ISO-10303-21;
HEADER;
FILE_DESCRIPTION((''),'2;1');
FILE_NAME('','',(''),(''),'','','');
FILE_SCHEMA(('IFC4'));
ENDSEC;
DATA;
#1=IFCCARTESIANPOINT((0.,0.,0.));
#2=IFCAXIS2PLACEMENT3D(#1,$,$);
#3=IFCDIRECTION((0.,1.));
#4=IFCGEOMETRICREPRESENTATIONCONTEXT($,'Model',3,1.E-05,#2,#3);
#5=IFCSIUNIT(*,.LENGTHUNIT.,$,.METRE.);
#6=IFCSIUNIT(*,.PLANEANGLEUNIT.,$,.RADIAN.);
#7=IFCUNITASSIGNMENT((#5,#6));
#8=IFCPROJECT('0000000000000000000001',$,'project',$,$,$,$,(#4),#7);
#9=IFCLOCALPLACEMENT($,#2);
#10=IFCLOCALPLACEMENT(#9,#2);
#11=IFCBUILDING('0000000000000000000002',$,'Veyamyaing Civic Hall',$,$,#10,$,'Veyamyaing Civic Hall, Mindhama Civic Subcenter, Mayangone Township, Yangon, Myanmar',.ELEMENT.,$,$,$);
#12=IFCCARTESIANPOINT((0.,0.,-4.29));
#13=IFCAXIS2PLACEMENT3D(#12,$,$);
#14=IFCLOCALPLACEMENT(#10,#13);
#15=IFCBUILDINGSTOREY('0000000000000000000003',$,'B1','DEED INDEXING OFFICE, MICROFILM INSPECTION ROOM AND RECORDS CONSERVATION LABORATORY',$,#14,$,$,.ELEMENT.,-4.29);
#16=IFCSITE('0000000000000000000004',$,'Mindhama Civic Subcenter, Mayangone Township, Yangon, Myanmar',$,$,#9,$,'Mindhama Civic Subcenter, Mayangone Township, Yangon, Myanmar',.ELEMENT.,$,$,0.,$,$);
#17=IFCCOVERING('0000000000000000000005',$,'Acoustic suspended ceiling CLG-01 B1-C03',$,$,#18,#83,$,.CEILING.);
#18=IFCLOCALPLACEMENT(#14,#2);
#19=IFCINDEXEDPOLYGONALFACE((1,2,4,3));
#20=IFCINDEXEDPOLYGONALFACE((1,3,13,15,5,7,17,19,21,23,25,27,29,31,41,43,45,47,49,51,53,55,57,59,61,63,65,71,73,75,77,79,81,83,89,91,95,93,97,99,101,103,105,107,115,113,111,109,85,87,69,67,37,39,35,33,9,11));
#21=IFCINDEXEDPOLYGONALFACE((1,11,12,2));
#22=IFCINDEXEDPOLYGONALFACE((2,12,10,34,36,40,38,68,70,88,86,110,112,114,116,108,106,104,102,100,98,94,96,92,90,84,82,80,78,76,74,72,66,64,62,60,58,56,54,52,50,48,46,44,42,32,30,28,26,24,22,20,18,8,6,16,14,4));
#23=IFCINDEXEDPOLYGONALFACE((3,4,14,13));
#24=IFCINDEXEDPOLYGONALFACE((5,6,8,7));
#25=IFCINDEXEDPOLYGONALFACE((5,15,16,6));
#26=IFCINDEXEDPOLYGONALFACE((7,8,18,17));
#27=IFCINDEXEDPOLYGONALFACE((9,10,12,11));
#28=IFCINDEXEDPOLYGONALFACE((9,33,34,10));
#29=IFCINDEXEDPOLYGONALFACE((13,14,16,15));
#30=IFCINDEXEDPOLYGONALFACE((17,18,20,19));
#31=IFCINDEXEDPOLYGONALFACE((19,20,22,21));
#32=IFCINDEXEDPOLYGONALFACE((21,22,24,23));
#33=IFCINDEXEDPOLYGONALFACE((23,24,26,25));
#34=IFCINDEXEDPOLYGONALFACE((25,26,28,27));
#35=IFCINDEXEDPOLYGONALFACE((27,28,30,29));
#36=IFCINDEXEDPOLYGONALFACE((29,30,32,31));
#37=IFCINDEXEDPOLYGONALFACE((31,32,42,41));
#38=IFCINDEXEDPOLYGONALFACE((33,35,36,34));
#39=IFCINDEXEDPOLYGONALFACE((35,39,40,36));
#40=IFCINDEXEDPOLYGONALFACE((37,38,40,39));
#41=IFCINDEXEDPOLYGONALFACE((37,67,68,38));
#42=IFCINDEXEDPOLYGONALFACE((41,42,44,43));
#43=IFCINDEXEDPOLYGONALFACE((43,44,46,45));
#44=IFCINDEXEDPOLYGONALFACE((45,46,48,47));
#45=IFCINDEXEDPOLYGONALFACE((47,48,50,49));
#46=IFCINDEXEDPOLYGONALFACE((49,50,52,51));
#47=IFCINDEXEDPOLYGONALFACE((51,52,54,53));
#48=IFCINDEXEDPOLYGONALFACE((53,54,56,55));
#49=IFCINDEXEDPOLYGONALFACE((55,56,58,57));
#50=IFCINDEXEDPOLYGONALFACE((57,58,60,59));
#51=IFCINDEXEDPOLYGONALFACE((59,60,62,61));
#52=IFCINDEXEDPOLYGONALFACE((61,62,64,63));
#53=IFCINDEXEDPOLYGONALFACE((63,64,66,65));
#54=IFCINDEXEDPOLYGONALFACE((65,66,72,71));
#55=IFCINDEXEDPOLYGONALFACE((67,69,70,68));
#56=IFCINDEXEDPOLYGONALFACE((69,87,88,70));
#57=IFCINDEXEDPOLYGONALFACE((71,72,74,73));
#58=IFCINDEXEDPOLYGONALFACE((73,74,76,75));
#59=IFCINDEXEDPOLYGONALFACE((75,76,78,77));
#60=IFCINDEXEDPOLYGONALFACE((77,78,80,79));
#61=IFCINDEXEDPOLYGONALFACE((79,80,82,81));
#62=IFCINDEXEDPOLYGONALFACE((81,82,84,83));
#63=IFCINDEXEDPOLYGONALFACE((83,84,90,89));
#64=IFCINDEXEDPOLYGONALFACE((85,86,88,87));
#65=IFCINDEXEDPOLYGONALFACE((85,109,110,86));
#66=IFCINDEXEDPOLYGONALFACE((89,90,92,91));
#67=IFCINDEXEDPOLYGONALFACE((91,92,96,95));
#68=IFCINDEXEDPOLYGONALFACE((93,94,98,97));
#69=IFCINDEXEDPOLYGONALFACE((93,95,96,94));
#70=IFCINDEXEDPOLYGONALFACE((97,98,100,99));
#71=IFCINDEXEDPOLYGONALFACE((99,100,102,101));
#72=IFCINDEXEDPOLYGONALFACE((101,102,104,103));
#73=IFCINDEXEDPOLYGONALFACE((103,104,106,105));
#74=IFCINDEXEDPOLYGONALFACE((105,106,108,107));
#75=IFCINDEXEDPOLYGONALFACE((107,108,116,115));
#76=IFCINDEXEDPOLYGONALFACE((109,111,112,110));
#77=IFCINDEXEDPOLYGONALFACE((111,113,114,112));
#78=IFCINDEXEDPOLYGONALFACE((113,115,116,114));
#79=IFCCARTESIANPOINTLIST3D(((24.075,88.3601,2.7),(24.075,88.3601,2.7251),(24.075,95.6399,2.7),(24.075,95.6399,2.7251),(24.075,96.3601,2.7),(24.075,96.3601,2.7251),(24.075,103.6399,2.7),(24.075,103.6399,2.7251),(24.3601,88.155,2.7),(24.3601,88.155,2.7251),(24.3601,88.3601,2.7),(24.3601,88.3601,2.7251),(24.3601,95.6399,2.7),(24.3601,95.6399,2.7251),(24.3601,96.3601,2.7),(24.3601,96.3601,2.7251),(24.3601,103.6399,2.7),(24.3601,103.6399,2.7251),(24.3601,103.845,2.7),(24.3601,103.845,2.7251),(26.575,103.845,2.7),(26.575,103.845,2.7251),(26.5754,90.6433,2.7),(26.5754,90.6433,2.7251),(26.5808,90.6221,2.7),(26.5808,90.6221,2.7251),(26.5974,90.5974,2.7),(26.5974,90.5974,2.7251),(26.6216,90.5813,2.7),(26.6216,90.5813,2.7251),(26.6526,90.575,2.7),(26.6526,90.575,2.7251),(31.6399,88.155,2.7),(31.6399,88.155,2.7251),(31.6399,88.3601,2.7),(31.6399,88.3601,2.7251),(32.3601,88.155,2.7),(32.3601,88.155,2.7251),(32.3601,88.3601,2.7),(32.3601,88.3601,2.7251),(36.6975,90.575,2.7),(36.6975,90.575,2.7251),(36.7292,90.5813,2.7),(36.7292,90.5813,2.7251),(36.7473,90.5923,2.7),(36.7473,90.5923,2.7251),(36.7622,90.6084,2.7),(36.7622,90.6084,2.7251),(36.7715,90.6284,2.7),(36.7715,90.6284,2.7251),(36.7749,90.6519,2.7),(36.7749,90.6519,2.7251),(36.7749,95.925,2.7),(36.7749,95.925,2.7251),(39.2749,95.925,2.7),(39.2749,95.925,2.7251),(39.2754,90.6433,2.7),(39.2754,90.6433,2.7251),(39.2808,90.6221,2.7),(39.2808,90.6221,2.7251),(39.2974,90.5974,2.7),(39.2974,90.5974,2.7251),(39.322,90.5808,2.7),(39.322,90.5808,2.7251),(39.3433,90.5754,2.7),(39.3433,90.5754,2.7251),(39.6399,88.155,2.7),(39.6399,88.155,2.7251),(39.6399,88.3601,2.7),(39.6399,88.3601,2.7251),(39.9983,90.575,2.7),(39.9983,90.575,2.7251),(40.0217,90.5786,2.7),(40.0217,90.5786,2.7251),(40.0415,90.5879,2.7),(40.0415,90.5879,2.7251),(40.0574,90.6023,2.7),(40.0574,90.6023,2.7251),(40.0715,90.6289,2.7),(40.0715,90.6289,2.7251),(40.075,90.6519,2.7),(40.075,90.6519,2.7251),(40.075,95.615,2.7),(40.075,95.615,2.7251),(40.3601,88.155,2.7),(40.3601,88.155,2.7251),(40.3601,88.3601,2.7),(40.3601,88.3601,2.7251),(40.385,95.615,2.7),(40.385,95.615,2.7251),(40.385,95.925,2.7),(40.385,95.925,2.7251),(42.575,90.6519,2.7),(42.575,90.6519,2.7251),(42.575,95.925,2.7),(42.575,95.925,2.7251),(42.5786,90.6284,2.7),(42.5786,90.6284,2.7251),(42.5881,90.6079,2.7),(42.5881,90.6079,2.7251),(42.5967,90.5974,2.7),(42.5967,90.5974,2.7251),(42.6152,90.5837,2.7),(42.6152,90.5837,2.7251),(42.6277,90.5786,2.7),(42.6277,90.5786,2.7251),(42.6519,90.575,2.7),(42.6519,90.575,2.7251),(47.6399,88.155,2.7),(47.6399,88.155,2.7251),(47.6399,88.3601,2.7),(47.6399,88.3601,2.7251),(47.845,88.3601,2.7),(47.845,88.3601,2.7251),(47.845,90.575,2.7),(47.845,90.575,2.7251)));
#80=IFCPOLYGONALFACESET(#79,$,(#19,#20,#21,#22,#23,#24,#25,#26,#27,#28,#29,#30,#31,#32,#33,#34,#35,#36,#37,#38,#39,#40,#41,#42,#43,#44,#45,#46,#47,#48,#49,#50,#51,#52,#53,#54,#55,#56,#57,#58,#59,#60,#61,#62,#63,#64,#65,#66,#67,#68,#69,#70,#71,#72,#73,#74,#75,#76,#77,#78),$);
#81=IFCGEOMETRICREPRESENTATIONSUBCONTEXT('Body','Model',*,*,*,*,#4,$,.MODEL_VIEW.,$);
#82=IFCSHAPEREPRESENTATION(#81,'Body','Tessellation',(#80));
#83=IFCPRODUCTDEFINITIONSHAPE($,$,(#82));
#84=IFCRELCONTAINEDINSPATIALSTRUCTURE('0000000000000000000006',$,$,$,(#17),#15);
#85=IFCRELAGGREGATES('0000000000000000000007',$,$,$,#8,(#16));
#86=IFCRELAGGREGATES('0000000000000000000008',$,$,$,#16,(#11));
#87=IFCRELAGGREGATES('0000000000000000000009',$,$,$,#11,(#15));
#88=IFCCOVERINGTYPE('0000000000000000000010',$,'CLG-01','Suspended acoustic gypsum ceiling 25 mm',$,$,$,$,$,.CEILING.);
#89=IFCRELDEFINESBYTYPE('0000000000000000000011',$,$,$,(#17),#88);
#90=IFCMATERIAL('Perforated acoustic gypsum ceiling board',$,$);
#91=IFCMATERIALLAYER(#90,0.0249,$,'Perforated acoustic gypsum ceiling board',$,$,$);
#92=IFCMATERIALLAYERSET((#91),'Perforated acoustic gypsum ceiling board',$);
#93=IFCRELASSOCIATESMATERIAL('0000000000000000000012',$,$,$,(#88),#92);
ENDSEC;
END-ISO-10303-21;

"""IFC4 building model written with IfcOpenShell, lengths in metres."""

from ifc_helpers import new_model, si_unit, direction, frame, origin, place, context, subcontext, project, spatial, polyline, outline, extrude, material, layer, layer_set, type_object, element, save


model = new_model("IFC4")

# Units and contexts
model_context = context("Model", 3, precision=1e-05, world=origin(), true_north=direction((0.0, 1.0)))
body_context = subcontext(model_context, "Body", "Model", "MODEL_VIEW")
ifc_project = project(units=[si_unit("LENGTHUNIT", "METRE"), si_unit("PLANEANGLEUNIT", "RADIAN")], contexts=[model_context])

# Site, building, storey
site_placement = place(None, origin())
site = spatial("IfcSite", under=ifc_project, at=site_placement, Name="Mindhama Civic Subcenter, Mayangone Township, Yangon, Myanmar", LongName="Mindhama Civic Subcenter, Mayangone Township, Yangon, Myanmar", CompositionType="ELEMENT", RefElevation=0.0)
building_placement = place(site_placement, origin())
building = spatial("IfcBuilding", under=site, at=building_placement, Name="Veyamyaing Civic Hall", LongName="Veyamyaing Civic Hall, Mindhama Civic Subcenter, Mayangone Township, Yangon, Myanmar", CompositionType="ELEMENT")
storey_placement = place(building_placement, frame((0.0, 0.0, -4.29)))
storey = spatial("IfcBuildingStorey", under=building, at=storey_placement, Name="B1", Description="DEED INDEXING OFFICE, MICROFILM INSPECTION ROOM AND RECORDS CONSERVATION LABORATORY", CompositionType="ELEMENT", Elevation=-4.29)

# Covering
ifc_material_1 = material(Name="Perforated acoustic gypsum ceiling board")
ifc_layer_1 = layer(ifc_material_1, 0.0249, Name="Perforated acoustic gypsum ceiling board")
ifc_layer_set_1 = layer_set([ifc_layer_1], Name="Perforated acoustic gypsum ceiling board")
covering_type_1 = type_object("IfcCoveringType", Name="CLG-01", Description="Suspended acoustic gypsum ceiling 25 mm", PredefinedType="CEILING", material=ifc_layer_set_1)
covering_1_placement = place(storey_placement, frame((0.0, 0.0, 2.7)))
element("IfcCovering", 1, at=covering_1_placement, inside=storey, type_object=covering_type_1, Name="Acoustic suspended ceiling CLG-01 B1-C03", PredefinedType="CEILING", context=body_context, shape_type="SweptSolid", body=[
    extrude(outline(polyline([(26.5754, 90.6433), (26.5808, 90.6221), (26.5974, 90.5974), (26.6216, 90.5813), (26.6526, 90.575), (36.6975, 90.575), (36.7292, 90.5813), (36.7473, 90.5923), (36.7622, 90.6084), (36.7715, 90.6284), (36.7749, 90.6519), (36.7749, 95.925), (39.2749, 95.925), (39.2754, 90.6433), (39.2808, 90.6221), (39.2974, 90.5974), (39.322, 90.5808), (39.3433, 90.5754), (39.9983, 90.575), (40.0217, 90.5786), (40.0415, 90.5879), (40.0574, 90.6023), (40.0715, 90.6289), (40.075, 90.6519), (40.075, 95.615), (40.385, 95.615), (40.385, 95.925), (42.575, 95.925), (42.575, 90.6519), (42.5786, 90.6284), (42.5881, 90.6079), (42.5967, 90.5974), (42.6152, 90.5837), (42.6277, 90.5786), (42.6519, 90.575), (47.845, 90.575), (47.845, 88.3601), (47.6399, 88.3601), (47.6399, 88.155), (40.3601, 88.155), (40.3601, 88.3601), (39.6399, 88.3601), (39.6399, 88.155), (32.3601, 88.155), (32.3601, 88.3601), (31.6399, 88.3601), (31.6399, 88.155), (24.3601, 88.155), (24.3601, 88.3601), (24.075, 88.3601), (24.075, 95.6399), (24.3601, 95.6399), (24.3601, 96.3601), (24.075, 96.3601), (24.075, 103.6399), (24.3601, 103.6399), (24.3601, 103.845), (26.575, 103.845), (26.5754, 90.6433)])), origin(), (0.0, 0.0, 1.0), 0.0251),
])

save(model, "model.ifc")
